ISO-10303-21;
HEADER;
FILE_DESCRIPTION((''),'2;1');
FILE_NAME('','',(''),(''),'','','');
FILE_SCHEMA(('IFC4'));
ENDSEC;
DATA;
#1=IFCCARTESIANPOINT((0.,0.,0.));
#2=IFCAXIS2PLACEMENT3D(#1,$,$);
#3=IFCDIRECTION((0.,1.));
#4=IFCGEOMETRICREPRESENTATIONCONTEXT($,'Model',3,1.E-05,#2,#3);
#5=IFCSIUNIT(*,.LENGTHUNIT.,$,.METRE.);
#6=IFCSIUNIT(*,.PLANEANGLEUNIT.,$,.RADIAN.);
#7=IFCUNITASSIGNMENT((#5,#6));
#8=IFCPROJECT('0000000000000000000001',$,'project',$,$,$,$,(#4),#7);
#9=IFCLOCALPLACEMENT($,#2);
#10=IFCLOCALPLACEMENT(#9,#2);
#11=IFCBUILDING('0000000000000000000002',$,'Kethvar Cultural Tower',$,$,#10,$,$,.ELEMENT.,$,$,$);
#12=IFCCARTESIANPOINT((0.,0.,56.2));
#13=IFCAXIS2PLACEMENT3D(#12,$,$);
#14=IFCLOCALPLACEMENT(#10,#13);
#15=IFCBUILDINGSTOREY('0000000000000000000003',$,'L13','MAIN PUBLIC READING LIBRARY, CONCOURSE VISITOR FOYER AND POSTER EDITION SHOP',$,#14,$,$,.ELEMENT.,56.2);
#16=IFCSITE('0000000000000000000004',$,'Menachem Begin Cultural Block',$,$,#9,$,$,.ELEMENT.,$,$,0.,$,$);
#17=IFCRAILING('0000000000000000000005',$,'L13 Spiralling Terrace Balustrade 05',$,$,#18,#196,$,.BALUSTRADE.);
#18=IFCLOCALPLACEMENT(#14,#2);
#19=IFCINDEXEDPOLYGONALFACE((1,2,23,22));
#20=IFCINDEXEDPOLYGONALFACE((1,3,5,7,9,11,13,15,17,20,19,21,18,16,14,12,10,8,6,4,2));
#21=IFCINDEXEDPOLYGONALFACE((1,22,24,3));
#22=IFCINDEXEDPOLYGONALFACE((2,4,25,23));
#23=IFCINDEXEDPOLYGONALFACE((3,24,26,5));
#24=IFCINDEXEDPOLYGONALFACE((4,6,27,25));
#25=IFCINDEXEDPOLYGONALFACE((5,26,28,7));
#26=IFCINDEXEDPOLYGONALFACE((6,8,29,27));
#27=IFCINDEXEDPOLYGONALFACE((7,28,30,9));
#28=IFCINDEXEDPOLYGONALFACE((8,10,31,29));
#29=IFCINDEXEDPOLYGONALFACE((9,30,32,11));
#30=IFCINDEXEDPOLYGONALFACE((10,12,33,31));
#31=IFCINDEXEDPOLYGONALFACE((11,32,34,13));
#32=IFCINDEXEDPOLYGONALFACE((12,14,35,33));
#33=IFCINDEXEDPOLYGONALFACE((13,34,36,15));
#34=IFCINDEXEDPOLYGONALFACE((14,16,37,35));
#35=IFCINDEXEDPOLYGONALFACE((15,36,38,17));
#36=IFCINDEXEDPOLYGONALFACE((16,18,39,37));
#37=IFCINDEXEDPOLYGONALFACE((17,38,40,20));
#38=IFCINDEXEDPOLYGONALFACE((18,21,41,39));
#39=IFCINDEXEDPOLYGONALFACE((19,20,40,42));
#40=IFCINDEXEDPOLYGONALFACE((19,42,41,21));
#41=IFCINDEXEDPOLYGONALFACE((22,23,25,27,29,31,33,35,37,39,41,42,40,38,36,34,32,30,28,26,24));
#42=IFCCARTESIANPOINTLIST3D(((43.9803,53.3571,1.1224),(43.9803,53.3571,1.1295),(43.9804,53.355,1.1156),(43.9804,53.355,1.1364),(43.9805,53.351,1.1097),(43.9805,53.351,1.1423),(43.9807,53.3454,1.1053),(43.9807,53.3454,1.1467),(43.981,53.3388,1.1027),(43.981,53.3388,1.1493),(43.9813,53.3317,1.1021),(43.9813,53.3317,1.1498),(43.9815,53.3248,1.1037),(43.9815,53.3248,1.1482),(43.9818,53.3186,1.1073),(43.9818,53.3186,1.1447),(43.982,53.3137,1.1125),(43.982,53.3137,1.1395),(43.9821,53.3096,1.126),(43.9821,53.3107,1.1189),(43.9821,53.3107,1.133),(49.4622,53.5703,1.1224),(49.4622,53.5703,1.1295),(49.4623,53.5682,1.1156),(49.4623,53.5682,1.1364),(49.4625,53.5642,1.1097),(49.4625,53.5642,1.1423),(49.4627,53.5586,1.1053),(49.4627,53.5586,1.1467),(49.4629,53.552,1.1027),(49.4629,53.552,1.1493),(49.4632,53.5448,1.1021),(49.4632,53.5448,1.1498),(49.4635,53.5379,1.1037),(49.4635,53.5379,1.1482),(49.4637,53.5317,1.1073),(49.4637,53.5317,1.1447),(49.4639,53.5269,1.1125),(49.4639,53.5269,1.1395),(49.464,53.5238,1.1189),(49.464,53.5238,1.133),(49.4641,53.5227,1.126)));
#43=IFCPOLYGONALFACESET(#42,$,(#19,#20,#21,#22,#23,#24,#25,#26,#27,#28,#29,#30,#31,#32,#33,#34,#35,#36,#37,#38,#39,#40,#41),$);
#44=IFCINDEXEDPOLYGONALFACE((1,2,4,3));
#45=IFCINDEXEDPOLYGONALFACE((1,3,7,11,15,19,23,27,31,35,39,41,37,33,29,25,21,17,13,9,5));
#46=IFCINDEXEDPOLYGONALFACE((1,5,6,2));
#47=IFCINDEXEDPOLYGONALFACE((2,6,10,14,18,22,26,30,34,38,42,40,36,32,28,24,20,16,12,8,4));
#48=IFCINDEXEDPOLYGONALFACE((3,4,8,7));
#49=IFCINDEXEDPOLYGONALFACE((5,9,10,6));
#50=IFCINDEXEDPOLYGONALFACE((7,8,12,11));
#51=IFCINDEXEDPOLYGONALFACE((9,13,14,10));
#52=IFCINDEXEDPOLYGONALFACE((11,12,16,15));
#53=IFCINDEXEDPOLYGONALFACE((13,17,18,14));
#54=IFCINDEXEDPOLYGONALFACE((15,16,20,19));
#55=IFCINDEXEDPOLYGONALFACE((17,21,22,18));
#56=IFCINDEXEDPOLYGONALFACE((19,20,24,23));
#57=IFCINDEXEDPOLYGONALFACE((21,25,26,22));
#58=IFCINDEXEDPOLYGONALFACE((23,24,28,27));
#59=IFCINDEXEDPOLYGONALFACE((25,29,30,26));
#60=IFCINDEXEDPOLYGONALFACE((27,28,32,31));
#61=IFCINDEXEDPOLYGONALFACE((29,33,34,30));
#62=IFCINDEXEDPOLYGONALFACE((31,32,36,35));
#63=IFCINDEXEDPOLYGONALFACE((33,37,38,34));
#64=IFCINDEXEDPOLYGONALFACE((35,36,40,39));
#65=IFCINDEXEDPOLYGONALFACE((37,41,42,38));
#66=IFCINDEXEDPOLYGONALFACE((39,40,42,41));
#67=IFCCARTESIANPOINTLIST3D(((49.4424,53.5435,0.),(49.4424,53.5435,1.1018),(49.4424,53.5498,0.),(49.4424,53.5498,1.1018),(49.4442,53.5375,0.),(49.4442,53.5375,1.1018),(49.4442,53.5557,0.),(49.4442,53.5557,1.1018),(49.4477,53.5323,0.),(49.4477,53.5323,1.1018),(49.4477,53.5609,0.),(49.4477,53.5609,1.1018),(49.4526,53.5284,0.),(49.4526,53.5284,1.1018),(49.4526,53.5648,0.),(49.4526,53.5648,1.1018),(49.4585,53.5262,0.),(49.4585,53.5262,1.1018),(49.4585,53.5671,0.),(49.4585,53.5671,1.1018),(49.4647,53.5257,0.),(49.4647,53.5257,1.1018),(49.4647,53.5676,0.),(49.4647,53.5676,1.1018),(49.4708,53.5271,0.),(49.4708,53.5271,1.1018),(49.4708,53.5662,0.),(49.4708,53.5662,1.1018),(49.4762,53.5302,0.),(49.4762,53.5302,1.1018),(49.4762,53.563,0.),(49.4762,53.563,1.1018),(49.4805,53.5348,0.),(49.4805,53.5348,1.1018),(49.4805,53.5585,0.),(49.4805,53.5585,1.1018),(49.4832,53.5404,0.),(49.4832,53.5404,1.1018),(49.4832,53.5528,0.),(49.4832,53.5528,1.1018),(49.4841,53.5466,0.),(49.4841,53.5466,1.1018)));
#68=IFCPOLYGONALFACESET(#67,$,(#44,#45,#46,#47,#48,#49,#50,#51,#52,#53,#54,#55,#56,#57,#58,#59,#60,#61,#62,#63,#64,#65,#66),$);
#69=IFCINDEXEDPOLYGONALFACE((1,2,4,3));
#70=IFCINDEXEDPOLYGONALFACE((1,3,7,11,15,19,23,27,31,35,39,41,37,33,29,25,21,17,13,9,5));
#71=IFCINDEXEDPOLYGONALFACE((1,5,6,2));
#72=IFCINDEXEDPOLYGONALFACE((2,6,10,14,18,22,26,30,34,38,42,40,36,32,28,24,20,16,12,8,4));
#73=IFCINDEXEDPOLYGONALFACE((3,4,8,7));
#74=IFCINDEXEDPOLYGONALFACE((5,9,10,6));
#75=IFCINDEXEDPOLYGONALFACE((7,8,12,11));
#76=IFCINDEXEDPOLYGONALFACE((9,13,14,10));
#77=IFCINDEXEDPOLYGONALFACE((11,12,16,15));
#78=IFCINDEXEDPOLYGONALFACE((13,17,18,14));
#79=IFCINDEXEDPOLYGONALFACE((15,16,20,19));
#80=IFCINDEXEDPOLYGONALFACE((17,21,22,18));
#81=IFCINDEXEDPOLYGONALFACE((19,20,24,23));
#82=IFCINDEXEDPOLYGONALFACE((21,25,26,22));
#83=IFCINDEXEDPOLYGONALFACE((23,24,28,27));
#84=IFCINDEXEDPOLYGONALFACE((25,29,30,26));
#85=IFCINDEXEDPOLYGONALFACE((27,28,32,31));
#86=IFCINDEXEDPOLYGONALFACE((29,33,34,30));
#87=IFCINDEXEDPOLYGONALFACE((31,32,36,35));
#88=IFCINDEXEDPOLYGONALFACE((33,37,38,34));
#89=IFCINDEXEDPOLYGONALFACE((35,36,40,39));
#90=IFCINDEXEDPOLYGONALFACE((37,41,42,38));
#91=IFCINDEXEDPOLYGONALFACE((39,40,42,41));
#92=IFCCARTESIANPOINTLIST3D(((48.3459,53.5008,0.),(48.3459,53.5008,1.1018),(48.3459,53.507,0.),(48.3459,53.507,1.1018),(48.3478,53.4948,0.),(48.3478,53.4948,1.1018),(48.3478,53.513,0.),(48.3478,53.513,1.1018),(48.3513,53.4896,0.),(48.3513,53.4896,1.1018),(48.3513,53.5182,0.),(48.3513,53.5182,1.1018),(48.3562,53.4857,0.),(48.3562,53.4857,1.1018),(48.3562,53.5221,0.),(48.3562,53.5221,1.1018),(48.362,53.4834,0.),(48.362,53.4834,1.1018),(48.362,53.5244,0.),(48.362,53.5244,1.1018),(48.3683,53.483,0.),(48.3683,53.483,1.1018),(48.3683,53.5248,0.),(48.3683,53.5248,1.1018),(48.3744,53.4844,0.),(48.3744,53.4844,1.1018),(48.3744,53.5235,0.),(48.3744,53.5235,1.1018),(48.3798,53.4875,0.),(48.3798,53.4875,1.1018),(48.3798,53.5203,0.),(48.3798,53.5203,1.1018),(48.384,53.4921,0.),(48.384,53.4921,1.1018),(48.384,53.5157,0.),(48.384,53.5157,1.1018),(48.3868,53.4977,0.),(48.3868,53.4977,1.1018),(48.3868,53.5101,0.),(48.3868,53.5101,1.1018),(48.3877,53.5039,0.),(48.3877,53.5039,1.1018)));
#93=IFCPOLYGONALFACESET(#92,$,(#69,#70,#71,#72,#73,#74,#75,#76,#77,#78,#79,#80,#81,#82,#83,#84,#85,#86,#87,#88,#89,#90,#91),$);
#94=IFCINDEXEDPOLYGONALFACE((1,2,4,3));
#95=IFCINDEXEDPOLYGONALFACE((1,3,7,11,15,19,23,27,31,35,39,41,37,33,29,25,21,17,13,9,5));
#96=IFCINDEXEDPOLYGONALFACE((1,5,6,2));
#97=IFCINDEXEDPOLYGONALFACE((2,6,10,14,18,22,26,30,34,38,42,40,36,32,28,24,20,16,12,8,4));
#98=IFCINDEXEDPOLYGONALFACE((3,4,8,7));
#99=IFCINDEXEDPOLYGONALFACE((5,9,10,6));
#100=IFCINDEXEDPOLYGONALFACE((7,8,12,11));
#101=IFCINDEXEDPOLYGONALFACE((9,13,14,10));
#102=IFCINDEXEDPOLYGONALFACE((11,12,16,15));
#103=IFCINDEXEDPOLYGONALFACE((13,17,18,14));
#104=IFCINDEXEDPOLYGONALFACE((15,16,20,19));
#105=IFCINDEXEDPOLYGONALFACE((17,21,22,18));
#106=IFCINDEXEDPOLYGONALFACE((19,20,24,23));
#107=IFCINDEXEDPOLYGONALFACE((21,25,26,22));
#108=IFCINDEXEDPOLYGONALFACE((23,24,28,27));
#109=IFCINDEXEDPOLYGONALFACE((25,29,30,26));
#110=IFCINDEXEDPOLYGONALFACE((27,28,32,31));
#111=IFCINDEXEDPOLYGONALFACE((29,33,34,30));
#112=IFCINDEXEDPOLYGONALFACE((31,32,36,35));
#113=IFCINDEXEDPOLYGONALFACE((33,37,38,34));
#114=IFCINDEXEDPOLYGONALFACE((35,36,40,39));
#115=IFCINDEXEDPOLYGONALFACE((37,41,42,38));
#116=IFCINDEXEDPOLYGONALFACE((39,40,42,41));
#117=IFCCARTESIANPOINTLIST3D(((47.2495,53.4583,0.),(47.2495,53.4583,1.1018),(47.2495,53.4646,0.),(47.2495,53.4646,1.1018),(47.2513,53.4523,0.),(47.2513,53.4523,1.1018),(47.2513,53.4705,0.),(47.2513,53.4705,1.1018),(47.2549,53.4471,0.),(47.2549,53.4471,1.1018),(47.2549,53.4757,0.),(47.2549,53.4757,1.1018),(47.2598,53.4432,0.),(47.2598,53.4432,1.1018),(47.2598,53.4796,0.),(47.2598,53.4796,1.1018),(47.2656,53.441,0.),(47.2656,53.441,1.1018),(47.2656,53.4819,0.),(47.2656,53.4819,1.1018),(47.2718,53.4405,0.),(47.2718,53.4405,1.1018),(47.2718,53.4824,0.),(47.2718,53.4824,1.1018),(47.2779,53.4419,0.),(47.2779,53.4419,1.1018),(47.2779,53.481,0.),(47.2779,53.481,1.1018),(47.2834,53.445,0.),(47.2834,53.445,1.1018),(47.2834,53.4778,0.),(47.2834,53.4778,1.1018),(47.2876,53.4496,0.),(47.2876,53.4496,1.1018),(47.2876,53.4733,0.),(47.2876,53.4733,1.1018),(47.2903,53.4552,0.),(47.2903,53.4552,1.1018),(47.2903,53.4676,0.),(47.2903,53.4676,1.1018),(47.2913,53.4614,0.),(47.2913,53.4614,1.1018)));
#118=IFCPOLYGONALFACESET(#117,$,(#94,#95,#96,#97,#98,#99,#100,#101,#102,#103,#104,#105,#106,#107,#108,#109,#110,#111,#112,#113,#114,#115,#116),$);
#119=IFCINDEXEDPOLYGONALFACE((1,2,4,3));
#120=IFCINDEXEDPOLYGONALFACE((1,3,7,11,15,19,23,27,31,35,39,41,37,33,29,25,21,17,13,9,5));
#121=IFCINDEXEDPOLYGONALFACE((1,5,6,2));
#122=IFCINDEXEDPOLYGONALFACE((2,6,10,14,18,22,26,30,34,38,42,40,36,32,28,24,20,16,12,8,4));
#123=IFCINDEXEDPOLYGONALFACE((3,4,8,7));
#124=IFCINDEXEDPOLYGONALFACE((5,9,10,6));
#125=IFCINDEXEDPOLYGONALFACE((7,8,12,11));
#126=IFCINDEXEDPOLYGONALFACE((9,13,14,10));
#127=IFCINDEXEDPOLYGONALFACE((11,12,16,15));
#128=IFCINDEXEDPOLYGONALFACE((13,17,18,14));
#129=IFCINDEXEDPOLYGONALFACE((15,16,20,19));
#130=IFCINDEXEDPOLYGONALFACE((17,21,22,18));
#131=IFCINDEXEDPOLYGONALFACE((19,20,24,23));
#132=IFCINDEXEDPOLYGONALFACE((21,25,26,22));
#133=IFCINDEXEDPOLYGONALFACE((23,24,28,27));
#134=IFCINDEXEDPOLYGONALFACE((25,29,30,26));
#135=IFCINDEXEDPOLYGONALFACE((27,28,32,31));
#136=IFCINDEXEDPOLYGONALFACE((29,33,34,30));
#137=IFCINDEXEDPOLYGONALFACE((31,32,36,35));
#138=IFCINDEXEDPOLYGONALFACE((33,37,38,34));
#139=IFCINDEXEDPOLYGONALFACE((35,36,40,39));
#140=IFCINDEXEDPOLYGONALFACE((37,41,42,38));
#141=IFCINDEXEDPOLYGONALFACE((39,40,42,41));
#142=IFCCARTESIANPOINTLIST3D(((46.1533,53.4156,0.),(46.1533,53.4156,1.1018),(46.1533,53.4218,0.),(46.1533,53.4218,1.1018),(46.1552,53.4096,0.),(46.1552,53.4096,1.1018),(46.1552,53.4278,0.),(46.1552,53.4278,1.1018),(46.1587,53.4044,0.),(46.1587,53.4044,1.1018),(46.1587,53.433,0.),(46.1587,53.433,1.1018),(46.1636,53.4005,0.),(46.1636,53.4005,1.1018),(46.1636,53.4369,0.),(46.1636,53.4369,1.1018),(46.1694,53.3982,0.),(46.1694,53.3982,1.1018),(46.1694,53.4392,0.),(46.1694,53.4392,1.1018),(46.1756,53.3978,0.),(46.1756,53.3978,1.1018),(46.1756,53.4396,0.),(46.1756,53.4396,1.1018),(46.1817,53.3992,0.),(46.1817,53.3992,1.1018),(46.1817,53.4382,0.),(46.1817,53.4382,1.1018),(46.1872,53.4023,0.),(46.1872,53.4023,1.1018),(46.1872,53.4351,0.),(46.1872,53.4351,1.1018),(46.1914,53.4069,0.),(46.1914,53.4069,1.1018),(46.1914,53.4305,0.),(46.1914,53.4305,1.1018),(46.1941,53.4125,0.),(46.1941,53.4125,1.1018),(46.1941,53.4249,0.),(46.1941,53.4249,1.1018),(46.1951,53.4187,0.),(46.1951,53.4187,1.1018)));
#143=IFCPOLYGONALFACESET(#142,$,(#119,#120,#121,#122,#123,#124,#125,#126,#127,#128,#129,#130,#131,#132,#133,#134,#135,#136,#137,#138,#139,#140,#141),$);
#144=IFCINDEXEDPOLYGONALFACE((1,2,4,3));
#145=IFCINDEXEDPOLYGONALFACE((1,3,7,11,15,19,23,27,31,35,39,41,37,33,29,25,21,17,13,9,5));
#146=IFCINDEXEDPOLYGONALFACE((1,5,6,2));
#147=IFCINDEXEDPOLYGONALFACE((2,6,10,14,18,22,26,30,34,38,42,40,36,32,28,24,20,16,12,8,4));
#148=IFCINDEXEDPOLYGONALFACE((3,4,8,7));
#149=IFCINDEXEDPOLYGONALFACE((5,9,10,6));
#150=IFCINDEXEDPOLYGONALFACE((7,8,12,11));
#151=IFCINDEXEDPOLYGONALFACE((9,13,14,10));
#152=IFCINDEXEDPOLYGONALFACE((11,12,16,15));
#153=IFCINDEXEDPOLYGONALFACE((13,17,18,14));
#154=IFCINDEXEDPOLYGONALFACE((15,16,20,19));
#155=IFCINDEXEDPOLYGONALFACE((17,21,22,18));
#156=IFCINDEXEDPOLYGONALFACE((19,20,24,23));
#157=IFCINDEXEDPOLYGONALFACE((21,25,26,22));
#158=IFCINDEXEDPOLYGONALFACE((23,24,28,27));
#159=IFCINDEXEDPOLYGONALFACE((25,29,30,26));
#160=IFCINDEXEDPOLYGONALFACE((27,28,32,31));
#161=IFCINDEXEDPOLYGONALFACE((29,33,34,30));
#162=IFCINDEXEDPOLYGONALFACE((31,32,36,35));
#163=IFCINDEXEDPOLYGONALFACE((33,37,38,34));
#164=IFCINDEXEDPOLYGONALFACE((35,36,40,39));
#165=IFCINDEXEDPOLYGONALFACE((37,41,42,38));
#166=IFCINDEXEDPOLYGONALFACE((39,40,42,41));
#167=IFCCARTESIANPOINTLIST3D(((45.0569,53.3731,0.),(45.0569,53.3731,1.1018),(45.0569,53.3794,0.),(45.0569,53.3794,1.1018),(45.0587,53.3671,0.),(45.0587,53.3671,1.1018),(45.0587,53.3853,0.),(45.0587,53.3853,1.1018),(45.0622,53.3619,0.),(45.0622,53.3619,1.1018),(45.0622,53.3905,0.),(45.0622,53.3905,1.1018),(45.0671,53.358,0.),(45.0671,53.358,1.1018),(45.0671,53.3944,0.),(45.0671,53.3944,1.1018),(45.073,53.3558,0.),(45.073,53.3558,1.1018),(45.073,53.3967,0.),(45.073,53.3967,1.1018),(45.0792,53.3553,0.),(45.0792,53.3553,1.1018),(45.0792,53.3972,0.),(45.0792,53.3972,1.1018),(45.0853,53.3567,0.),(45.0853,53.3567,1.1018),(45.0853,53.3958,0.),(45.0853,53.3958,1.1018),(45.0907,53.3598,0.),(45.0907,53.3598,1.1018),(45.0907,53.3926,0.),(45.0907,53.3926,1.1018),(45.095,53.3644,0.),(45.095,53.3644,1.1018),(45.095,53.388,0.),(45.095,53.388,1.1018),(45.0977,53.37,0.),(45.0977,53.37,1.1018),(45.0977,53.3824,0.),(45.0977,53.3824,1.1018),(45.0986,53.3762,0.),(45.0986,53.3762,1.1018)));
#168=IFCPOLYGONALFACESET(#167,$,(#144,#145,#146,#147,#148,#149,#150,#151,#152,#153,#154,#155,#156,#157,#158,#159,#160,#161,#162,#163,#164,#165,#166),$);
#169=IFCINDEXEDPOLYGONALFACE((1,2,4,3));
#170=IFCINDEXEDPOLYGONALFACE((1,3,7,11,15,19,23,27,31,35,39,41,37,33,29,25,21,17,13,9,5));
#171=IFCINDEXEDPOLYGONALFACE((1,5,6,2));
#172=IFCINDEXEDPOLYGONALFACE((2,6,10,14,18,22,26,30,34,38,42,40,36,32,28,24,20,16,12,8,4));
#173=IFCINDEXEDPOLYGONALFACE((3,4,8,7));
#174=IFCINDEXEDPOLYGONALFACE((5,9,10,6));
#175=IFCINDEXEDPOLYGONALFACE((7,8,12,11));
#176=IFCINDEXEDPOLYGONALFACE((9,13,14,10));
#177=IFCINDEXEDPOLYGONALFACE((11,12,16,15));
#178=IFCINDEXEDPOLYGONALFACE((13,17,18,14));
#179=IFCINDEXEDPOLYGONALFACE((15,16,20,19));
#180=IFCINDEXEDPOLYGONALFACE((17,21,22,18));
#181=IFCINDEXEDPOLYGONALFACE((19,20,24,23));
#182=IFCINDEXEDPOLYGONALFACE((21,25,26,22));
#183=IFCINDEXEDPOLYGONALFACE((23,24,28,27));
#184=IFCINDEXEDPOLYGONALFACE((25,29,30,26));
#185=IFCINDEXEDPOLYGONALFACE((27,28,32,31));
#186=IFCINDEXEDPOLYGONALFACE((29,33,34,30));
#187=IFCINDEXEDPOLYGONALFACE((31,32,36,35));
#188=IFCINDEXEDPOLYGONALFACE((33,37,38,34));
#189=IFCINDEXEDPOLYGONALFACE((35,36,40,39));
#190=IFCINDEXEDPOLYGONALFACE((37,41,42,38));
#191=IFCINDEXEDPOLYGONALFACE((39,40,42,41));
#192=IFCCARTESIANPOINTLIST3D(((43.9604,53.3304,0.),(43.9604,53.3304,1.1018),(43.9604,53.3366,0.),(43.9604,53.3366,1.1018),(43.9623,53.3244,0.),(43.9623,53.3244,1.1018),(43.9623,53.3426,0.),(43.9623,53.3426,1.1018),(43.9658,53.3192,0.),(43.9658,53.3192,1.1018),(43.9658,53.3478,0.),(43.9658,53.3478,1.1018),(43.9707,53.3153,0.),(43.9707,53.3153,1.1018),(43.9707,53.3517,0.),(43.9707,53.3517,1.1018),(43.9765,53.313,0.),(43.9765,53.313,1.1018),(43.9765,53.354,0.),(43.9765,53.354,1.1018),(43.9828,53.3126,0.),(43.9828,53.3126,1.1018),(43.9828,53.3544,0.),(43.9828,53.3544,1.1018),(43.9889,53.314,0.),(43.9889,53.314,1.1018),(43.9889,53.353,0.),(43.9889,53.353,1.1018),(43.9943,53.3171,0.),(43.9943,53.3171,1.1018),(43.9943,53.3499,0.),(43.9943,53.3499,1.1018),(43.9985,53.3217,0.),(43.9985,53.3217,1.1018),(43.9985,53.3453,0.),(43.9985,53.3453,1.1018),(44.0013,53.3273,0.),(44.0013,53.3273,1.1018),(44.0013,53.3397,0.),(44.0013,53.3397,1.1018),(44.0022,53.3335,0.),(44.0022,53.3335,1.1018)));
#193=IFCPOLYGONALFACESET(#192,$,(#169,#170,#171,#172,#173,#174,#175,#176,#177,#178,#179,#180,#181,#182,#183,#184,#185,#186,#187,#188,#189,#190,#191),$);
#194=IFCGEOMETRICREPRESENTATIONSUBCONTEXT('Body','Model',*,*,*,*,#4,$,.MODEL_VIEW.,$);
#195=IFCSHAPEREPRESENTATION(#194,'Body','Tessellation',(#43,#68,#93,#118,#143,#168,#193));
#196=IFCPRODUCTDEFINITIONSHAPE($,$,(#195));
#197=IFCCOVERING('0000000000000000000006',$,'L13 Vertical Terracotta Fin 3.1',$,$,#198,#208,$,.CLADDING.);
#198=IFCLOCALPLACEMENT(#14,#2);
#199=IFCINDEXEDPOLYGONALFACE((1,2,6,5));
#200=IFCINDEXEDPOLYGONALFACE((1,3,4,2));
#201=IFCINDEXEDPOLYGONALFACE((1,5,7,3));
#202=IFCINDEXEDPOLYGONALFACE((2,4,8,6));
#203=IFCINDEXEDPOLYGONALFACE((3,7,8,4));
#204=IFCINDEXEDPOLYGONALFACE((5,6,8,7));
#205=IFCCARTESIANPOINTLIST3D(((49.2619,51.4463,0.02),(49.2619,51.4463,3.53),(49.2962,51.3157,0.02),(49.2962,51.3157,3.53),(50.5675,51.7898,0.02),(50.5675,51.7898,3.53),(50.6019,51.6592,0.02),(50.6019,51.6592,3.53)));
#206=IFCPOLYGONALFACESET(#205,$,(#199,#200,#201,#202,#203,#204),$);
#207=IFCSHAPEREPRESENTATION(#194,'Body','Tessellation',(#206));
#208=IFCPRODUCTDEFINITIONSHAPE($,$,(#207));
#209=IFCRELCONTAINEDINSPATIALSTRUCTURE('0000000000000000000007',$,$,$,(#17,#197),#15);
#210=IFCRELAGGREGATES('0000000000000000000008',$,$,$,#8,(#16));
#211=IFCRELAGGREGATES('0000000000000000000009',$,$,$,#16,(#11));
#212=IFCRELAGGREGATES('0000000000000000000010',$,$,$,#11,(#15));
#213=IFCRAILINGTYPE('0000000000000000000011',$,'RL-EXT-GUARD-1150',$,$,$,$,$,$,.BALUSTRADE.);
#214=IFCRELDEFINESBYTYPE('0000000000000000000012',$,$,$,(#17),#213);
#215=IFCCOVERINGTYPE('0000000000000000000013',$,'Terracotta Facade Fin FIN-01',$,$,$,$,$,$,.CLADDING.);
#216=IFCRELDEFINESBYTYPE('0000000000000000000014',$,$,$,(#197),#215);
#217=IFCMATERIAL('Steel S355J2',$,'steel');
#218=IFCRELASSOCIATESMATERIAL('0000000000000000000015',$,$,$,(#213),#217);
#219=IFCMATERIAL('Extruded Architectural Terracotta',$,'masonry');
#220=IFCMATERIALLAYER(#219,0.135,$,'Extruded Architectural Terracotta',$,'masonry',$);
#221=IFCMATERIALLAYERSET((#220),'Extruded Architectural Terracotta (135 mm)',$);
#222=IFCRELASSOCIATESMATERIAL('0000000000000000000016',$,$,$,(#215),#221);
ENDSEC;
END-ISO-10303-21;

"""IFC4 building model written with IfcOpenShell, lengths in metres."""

from ifc_helpers import new_model, si_unit, direction, frame, origin, origin_2d, place, context, subcontext, project, spatial, rectangle, circle, extrude, source, transform, mapped, material, layer, layer_set, type_object, element, save


model = new_model("IFC4")

# Units and contexts
model_context = context("Model", 3, precision=1e-05, world=origin(), true_north=direction((0.0, 1.0)))
body_context = subcontext(model_context, "Body", "Model", "MODEL_VIEW")
ifc_project = project(units=[si_unit("LENGTHUNIT", "METRE"), si_unit("PLANEANGLEUNIT", "RADIAN")], contexts=[model_context])

# Site, building, storey
site_placement = place(None, origin())
site = spatial("IfcSite", under=ifc_project, at=site_placement, Name="Menachem Begin Cultural Block", CompositionType="ELEMENT", RefElevation=0.0)
building_placement = place(site_placement, origin())
building = spatial("IfcBuilding", under=site, at=building_placement, Name="Kethvar Cultural Tower", CompositionType="ELEMENT")
storey_placement = place(building_placement, frame((0.0, 0.0, 56.2)))
storey = spatial("IfcBuildingStorey", under=building, at=storey_placement, Name="L13", Description="MAIN PUBLIC READING LIBRARY, CONCOURSE VISITOR FOYER AND POSTER EDITION SHOP", CompositionType="ELEMENT", Elevation=56.2)

# Shared definitions
ifc_material_1 = material(Name="Steel S355J2", Category="steel")

# Railing
railing_type = type_object("IfcRailingType", Name="RL-EXT-GUARD-1150", PredefinedType="BALUSTRADE", material=ifc_material_1)
railing_1_placement = place(storey_placement, frame((49.4631, 53.5466, 0.0)))
element("IfcRailing", 1, at=railing_1_placement, inside=storey, type_object=railing_type, Name="L13 Spiralling Terrace Balustrade 05", PredefinedType="BALUSTRADE", context=body_context, shape_type="SweptSolid", body=[
    extrude(circle(Radius=0.0239, at=origin_2d()), frame((0.0, 0.0, 1.126), z_axis=(-0.999245, -0.03885, 0.0), x_axis=(0.03885, -0.999245, 0.0)), (0.0, 0.0, 1.0), 5.4861),
    extrude(circle(Radius=0.021, at=origin_2d()), origin(), (0.0, 0.0, 1.0), 1.1018),
    extrude(circle(Radius=0.021, at=origin_2d()), frame((-1.0964, -0.0427, 0.0)), (0.0, 0.0, 1.0), 1.1018),
    extrude(circle(Radius=0.021, at=origin_2d()), frame((-2.1929, -0.0852, 0.0)), (0.0, 0.0, 1.0), 1.1018),
    extrude(circle(Radius=0.021, at=origin_2d()), frame((-3.2891, -0.1279, 0.0)), (0.0, 0.0, 1.0), 1.1018),
    extrude(circle(Radius=0.021, at=origin_2d()), frame((-4.3855, -0.1704, 0.0)), (0.0, 0.0, 1.0), 1.1018),
    extrude(circle(Radius=0.021, at=origin_2d()), frame((-5.4819, -0.2131, 0.0)), (0.0, 0.0, 1.0), 1.1018),
])

# Covering
ifc_material_2 = material(Name="Extruded Architectural Terracotta", Category="masonry")
ifc_layer_1 = layer(ifc_material_2, 0.135, Name="Extruded Architectural Terracotta", Category="masonry")
ifc_layer_set_1 = layer_set([ifc_layer_1], Name="Extruded Architectural Terracotta (135 mm)")
covering_type = type_object("IfcCoveringType", Name="Terracotta Facade Fin FIN-01", PredefinedType="CLADDING", material=ifc_layer_set_1)
shared_shape_1 = source(origin(), body_context, "Body", "SweptSolid", [
    extrude(rectangle(XDim=1.3501, YDim=0.135, at=origin_2d()), origin(), (0.0, 0.0, 1.0), 3.51),
])
covering_placement = place(storey_placement, frame((49.9319, 51.5527, 0.02), z_axis=(0.0, 0.0, 1.0), x_axis=(0.96709, 0.254433, 0.0)))
element("IfcCovering", 2, at=covering_placement, inside=storey, type_object=covering_type, Name="L13 Vertical Terracotta Fin 3.1", PredefinedType="CLADDING", context=body_context, shape_type="MappedRepresentation", body=[
    mapped(shared_shape_1, transform((0.0, 0.0, 0.0), scale=1.0)),
])

save(model, "model.ifc")
